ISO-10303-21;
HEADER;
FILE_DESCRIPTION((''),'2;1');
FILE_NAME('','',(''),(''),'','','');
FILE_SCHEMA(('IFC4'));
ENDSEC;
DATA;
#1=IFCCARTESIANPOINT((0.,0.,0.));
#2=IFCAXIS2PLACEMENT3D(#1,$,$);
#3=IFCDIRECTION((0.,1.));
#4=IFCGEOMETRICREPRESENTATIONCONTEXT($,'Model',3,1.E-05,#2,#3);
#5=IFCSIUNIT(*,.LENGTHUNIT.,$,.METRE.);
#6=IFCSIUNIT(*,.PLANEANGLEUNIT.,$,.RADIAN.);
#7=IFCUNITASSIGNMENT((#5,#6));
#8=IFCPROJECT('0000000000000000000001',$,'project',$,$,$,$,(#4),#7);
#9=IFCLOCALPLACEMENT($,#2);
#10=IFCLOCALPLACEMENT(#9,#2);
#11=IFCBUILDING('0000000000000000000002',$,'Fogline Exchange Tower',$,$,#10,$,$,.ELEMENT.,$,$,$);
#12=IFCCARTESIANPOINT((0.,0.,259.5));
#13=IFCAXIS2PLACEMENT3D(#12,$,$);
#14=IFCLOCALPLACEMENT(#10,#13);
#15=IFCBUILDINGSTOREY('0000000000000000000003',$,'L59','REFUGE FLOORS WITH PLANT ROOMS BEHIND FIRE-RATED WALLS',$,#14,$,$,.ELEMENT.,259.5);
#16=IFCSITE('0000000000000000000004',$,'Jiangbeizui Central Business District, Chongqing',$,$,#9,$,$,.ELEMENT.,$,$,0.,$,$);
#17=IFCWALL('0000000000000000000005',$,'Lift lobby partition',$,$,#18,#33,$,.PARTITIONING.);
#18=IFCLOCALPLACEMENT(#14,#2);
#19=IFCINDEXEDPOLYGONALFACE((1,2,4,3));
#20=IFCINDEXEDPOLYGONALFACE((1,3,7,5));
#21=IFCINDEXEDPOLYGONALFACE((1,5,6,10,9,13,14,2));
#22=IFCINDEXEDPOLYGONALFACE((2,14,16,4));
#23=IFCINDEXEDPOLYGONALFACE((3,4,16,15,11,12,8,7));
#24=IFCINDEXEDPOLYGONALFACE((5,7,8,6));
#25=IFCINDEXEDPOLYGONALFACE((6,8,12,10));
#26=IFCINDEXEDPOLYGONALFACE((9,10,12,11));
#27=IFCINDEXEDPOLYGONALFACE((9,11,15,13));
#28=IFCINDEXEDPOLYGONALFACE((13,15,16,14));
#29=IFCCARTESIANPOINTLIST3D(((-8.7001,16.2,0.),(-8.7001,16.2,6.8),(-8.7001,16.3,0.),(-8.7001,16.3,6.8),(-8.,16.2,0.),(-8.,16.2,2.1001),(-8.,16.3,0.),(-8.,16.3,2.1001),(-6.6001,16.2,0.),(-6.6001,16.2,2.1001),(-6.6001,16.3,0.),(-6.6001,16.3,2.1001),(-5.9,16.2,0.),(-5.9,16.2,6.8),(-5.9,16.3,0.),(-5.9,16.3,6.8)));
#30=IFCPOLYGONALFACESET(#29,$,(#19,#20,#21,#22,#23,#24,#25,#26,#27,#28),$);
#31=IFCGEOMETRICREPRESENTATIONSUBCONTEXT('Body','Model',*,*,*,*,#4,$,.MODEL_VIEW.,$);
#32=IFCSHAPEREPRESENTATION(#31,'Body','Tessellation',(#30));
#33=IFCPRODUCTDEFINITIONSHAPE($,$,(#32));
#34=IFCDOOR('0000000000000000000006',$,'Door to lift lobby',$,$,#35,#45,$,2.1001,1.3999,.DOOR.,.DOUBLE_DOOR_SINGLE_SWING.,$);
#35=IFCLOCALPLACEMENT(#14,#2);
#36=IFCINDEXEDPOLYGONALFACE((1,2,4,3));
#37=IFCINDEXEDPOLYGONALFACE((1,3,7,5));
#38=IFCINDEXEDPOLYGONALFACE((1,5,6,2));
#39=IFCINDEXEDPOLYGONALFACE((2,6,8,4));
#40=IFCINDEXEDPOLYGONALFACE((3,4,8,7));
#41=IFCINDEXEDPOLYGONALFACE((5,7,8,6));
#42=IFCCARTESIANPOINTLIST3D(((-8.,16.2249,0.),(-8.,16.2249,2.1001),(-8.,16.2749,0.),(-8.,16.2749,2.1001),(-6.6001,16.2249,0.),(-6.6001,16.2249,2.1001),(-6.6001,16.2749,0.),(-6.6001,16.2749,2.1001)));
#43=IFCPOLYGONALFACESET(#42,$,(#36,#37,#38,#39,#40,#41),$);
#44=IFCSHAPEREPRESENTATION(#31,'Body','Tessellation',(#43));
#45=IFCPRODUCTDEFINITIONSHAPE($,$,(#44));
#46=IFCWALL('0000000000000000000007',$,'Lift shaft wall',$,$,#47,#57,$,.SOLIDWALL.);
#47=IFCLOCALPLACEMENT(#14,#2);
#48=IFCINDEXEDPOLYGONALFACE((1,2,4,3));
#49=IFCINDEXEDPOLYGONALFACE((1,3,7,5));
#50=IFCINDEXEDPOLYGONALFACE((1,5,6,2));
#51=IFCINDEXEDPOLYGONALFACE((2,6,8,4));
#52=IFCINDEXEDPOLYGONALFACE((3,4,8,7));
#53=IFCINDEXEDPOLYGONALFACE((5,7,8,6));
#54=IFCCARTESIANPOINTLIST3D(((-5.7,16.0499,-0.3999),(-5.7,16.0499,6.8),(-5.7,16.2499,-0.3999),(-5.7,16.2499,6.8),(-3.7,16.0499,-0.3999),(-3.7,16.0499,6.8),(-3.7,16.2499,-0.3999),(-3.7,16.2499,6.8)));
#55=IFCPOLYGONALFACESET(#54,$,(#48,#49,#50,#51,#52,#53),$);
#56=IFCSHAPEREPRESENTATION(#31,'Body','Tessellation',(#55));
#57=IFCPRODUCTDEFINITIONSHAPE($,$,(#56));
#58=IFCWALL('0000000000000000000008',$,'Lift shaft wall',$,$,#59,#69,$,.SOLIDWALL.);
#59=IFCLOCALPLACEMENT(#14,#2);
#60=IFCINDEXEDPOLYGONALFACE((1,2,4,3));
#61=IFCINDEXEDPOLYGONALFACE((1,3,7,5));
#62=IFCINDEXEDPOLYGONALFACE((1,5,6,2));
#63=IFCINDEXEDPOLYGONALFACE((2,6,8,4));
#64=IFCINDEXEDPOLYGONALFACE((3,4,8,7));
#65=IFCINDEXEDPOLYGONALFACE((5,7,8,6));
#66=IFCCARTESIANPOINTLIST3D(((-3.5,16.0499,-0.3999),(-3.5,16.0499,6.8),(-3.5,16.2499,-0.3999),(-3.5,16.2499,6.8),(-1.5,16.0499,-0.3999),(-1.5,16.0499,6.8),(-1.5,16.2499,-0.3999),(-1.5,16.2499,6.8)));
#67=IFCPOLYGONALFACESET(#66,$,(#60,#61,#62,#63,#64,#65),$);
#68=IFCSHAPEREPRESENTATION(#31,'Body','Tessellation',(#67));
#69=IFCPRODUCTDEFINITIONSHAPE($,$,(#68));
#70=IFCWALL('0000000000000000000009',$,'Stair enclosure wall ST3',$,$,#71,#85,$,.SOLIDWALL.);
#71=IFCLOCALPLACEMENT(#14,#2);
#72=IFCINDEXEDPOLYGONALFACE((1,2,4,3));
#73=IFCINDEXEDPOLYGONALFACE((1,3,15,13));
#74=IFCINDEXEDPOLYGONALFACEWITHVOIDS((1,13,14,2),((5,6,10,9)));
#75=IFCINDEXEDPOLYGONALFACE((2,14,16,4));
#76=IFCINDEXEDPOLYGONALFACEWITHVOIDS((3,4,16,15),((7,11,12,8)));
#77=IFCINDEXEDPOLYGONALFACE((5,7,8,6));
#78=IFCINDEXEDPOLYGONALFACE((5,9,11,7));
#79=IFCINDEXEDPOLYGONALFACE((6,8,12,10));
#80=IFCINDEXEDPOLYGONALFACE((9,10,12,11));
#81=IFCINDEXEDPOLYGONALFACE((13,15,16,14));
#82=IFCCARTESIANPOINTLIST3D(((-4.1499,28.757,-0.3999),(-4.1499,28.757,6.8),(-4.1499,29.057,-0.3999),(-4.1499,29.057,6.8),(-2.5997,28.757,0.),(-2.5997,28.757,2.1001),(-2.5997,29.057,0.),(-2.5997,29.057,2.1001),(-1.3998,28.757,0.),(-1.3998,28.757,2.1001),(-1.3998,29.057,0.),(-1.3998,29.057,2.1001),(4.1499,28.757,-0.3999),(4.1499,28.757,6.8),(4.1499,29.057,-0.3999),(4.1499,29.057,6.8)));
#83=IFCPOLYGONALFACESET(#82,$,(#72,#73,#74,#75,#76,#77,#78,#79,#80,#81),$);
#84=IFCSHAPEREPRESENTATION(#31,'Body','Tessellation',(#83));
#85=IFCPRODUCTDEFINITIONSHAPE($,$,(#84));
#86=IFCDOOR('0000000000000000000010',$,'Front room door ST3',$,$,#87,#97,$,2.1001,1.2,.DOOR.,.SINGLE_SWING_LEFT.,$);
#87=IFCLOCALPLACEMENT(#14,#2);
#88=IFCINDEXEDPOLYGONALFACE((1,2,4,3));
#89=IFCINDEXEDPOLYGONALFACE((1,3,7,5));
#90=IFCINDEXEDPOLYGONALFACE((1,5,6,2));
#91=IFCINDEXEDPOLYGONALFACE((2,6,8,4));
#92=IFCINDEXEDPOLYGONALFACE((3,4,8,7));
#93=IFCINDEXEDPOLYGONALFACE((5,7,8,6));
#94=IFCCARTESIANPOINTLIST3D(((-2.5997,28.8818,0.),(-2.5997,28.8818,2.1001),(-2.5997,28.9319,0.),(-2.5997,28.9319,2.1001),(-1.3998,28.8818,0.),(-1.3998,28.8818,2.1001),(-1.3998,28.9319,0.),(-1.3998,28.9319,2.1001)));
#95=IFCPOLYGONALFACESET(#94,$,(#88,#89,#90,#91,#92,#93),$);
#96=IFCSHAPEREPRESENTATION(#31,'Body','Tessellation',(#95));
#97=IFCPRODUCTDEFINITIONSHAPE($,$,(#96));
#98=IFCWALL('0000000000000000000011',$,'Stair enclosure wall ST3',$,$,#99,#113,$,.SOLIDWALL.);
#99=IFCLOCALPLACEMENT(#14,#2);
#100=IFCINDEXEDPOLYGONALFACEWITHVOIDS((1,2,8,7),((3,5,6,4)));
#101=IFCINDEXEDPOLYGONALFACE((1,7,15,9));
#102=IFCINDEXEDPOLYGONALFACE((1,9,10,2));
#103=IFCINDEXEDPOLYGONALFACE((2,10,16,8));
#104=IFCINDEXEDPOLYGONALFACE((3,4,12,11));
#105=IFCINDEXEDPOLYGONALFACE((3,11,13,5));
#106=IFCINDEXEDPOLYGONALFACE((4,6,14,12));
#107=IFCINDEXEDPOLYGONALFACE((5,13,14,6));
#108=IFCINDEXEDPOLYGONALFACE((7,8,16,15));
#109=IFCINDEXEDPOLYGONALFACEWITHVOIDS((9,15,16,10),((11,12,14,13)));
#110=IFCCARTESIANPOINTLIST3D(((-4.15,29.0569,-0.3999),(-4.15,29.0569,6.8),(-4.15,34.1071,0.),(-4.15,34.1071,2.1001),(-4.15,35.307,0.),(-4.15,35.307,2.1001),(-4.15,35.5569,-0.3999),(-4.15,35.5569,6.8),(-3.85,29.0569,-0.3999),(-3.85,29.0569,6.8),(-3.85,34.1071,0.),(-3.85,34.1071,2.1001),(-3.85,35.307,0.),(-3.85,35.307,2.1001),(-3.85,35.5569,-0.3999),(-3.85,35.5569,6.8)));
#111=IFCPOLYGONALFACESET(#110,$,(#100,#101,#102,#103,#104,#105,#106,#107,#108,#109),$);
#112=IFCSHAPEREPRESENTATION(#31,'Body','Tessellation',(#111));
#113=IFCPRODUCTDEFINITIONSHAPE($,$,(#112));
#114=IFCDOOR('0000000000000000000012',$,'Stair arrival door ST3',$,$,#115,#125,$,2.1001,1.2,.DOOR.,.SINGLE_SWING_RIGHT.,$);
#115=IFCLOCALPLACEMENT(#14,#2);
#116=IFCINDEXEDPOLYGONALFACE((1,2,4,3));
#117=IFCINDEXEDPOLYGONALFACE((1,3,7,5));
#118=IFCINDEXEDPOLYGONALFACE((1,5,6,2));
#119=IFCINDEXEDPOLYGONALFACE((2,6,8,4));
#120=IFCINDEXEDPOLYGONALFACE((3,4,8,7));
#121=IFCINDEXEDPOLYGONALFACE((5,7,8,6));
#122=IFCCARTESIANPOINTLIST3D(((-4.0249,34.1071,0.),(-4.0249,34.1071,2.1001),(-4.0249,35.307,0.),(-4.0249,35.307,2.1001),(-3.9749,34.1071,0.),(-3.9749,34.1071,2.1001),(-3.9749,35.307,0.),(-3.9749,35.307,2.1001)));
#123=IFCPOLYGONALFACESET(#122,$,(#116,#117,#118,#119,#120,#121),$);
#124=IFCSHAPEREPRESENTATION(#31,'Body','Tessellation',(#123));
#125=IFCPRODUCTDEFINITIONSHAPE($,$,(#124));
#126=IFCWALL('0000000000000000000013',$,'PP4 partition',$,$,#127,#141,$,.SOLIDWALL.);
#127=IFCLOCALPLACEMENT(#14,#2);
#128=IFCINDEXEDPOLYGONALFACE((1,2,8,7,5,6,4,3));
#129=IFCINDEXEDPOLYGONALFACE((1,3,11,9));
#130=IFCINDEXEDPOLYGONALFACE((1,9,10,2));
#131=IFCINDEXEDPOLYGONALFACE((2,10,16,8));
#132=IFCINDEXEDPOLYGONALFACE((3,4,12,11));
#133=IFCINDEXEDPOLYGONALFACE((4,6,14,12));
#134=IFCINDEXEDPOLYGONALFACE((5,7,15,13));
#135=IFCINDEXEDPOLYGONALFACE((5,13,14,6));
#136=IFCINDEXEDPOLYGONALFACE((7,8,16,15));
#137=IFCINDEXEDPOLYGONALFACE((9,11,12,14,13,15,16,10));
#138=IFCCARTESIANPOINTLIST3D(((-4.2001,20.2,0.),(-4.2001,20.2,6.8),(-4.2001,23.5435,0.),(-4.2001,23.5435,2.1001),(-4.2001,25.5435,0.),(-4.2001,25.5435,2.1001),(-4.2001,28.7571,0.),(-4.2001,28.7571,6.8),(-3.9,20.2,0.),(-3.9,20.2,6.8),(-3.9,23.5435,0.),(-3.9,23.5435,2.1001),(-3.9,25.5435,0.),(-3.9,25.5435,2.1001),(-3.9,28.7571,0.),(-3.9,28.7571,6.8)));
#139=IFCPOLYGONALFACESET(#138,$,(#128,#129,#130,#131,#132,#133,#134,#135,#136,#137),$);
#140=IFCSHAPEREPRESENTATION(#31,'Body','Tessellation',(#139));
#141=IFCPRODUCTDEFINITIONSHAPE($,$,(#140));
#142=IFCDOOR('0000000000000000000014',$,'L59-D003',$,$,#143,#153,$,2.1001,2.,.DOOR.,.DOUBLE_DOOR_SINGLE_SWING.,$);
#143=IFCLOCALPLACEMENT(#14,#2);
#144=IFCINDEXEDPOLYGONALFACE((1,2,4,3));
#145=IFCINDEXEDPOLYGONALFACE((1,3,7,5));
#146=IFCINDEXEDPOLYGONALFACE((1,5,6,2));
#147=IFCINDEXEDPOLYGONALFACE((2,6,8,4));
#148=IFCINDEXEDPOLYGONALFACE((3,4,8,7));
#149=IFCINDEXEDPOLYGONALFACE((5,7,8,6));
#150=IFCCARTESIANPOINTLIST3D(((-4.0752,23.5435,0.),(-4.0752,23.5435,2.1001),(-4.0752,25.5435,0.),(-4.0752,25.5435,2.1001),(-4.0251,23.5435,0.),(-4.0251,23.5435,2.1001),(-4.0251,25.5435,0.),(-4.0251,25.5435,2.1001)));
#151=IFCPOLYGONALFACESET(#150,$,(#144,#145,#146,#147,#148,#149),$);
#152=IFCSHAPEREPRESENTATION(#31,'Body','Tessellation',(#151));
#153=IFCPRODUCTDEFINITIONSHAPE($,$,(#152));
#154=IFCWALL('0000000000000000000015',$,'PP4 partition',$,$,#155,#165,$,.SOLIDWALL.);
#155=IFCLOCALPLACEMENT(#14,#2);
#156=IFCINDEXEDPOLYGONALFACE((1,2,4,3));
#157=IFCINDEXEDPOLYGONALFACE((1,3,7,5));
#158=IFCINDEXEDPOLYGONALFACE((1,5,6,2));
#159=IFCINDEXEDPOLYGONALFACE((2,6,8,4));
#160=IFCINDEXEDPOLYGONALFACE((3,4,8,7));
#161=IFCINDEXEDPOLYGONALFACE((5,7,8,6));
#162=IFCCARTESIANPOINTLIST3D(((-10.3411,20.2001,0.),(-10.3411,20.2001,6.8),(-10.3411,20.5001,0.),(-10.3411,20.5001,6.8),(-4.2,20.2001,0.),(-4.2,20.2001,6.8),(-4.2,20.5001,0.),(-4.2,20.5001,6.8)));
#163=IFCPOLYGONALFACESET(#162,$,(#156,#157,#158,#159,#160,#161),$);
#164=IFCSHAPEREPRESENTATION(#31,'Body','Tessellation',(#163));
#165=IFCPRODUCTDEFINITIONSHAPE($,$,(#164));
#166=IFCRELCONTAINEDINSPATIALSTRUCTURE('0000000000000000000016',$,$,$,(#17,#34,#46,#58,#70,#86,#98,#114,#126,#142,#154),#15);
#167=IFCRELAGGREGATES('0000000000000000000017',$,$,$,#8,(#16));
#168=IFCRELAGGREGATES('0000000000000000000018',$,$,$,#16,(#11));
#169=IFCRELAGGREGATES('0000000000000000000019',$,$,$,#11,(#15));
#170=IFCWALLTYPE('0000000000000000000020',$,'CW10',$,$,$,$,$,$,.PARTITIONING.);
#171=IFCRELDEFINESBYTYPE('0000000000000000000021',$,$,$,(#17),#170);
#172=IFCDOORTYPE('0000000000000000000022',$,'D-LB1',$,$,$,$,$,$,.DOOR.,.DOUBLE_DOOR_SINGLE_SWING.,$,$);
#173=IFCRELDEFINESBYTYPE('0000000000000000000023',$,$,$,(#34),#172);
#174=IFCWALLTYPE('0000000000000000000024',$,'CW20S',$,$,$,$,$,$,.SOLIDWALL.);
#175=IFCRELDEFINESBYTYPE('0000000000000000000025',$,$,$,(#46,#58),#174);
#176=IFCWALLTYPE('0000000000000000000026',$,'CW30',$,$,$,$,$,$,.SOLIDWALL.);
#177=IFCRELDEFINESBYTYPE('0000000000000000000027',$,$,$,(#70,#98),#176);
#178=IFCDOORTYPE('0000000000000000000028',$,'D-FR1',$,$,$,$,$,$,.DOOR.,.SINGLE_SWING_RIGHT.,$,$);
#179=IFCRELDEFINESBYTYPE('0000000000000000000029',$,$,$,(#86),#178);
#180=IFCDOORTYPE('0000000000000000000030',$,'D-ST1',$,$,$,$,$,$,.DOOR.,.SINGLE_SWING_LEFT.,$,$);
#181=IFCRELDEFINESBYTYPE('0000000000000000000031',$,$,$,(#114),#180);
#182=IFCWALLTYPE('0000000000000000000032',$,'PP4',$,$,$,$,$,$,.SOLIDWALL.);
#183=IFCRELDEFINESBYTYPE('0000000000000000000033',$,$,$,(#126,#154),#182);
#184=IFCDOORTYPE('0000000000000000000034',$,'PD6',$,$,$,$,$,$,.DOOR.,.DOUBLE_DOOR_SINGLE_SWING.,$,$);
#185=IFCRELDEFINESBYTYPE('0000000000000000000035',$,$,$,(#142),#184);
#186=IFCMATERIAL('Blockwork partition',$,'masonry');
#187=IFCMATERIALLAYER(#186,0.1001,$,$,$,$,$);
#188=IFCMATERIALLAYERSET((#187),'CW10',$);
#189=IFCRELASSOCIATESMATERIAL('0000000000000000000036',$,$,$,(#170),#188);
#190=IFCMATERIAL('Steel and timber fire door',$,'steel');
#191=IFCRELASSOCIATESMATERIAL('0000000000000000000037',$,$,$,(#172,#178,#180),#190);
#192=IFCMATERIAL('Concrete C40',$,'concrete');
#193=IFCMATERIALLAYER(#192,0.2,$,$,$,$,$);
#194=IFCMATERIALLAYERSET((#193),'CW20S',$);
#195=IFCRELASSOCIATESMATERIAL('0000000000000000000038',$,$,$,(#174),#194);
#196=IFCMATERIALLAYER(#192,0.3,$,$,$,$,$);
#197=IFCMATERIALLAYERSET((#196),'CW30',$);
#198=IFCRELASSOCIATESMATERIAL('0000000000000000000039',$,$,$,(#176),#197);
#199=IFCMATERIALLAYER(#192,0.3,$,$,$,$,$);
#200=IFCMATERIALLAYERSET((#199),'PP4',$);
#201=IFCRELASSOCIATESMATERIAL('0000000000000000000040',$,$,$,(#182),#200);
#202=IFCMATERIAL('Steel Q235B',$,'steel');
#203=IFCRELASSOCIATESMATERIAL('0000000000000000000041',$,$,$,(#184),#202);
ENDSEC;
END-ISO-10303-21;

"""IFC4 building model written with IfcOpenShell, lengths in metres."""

from ifc_helpers import new_model, si_unit, direction, frame, frame_2d, origin, place, context, subcontext, project, spatial, rectangle, extrude, material, layer, layer_set, type_object, element, fill, save


model = new_model("IFC4")

# Units and contexts
model_context = context("Model", 3, precision=1e-05, world=origin(), true_north=direction((0.0, 1.0)))
body_context = subcontext(model_context, "Body", "Model", "MODEL_VIEW")
ifc_project = project(units=[si_unit("LENGTHUNIT", "METRE"), si_unit("PLANEANGLEUNIT", "RADIAN")], contexts=[model_context])

# Site, building, storey
site_placement = place(None, origin())
site = spatial("IfcSite", under=ifc_project, at=site_placement, Name="Jiangbeizui Central Business District, Chongqing", CompositionType="ELEMENT", RefElevation=0.0)
building_placement = place(site_placement, origin())
building = spatial("IfcBuilding", under=site, at=building_placement, Name="Fogline Exchange Tower", CompositionType="ELEMENT")
storey_placement = place(building_placement, frame((0.0, 0.0, 259.5)))
storey = spatial("IfcBuildingStorey", under=building, at=storey_placement, Name="L59", Description="REFUGE FLOORS WITH PLANT ROOMS BEHIND FIRE-RATED WALLS", CompositionType="ELEMENT", Elevation=259.5)

# Shared definitions
ifc_material_1 = material(Name="Concrete C40", Category="concrete")

# Wall, opening, door
ifc_material_2 = material(Name="Blockwork partition", Category="masonry")
ifc_layer_1 = layer(ifc_material_2, 0.1001)
ifc_layer_set_1 = layer_set([ifc_layer_1], Name="CW10")
wall_type_1 = type_object("IfcWallType", Name="CW10", PredefinedType="PARTITIONING", material=ifc_layer_set_1)
wall_1_placement = place(storey_placement, frame((-8.7, 16.25, 0.0), z_axis=(0.0, 0.0, 1.0), x_axis=(1.0, 0.0, 0.0)))
wall_1 = element("IfcWall", 1, at=wall_1_placement, inside=storey, type_object=wall_type_1, Name="Lift lobby partition", PredefinedType="PARTITIONING", context=body_context, shape_type="SweptSolid", body=[
    extrude(rectangle(XDim=2.8, YDim=0.1001, at=frame_2d((1.3999, 0.0))), origin(), (0.0, 0.0, 1.0), 6.8),
])
opening_1_placement = place(wall_1_placement, frame((0.7, 0.0, 0.0)))
opening_1 = element("IfcOpeningElement", 2, at=opening_1_placement, cuts=wall_1, PredefinedType="OPENING", context=body_context, shape_type="SweptSolid", body=[
    extrude(rectangle(XDim=1.3999, YDim=2.1001, at=frame_2d((0.7, 1.05))), frame((0.0, 0.0601, 0.0), z_axis=(0.0, -1.0, 0.0), x_axis=(1.0, 0.0, 0.0)), (0.0, 0.0, 1.0), 0.1201),
])
ifc_material_3 = material(Name="Steel and timber fire door", Category="steel")
door_type_1 = type_object("IfcDoorType", Name="D-LB1", OperationType="DOUBLE_DOOR_SINGLE_SWING", PredefinedType="DOOR", material=ifc_material_3)
door_1_placement = place(opening_1_placement, origin())
door_1 = element("IfcDoor", 3, at=door_1_placement, inside=storey, type_object=door_type_1, Name="Door to lift lobby", OperationType="DOUBLE_DOOR_SINGLE_SWING", OverallHeight=2.1001, OverallWidth=1.3999, PredefinedType="DOOR", context=body_context, shape_type="SweptSolid", body=[
    extrude(rectangle(XDim=1.3999, YDim=2.1001, at=frame_2d((0.7, 1.05))), frame((0.0, 0.0249, 0.0), z_axis=(0.0, -1.0, 0.0), x_axis=(1.0, 0.0, 0.0)), (0.0, 0.0, 1.0), 0.05),
])
fill(opening_1, door_1)

# Walls
ifc_layer_2 = layer(ifc_material_1, 0.2)
ifc_layer_set_2 = layer_set([ifc_layer_2], Name="CW20S")
wall_type_2 = type_object("IfcWallType", Name="CW20S", PredefinedType="SOLIDWALL", material=ifc_layer_set_2)
for number, where, z_axis, x_axis, name in (
    (4, (-5.7, 16.1499, -0.3999), (0.0, 0.0, 1.0), (1.0, 0.0, 0.0), "Lift shaft wall"),
    (5, (-3.5, 16.1499, -0.3999), (0.0, 0.0, 1.0), (1.0, 0.0, 0.0), "Lift shaft wall"),
):
    element("IfcWall", number, at=place(storey_placement, frame(where, z_axis=z_axis, x_axis=x_axis)), inside=storey, type_object=wall_type_2, Name=name, PredefinedType="SOLIDWALL", context=body_context, shape_type="SweptSolid", body=[
        extrude(rectangle(XDim=2.0, YDim=0.2, at=frame_2d((1.0, 0.0))), origin(), (0.0, 0.0, 1.0), 7.2),
    ])

# Walls, openings, doors
ifc_layer_3 = layer(ifc_material_1, 0.3)
ifc_layer_set_3 = layer_set([ifc_layer_3], Name="CW30")
wall_type_3 = type_object("IfcWallType", Name="CW30", PredefinedType="SOLIDWALL", material=ifc_layer_set_3)
wall_2_placement = place(storey_placement, frame((-4.1499, 28.907, -0.3999), z_axis=(0.0, 0.0, 1.0), x_axis=(1.0, 0.0, 0.0)))
wall_2 = element("IfcWall", 6, at=wall_2_placement, inside=storey, type_object=wall_type_3, Name="Stair enclosure wall ST3", PredefinedType="SOLIDWALL", context=body_context, shape_type="SweptSolid", body=[
    extrude(rectangle(XDim=8.2998, YDim=0.3, at=frame_2d((4.1499, 0.0))), origin(), (0.0, 0.0, 1.0), 7.2),
])
opening_2_placement = place(wall_2_placement, frame((1.55, 0.0, 0.3999)))
opening_2 = element("IfcOpeningElement", 7, at=opening_2_placement, cuts=wall_2, PredefinedType="OPENING", context=body_context, shape_type="SweptSolid", body=[
    extrude(rectangle(XDim=1.2, YDim=2.1001, at=frame_2d((0.6001, 1.05))), frame((0.0, 0.1602, 0.0), z_axis=(0.0, -1.0, 0.0), x_axis=(1.0, 0.0, 0.0)), (0.0, 0.0, 1.0), 0.3201),
])
door_type_2 = type_object("IfcDoorType", Name="D-FR1", OperationType="SINGLE_SWING_RIGHT", PredefinedType="DOOR", material=ifc_material_3)
door_2_placement = place(opening_2_placement, origin())
door_2 = element("IfcDoor", 8, at=door_2_placement, inside=storey, type_object=door_type_2, Name="Front room door ST3", OperationType="SINGLE_SWING_LEFT", OverallHeight=2.1001, OverallWidth=1.2, PredefinedType="DOOR", context=body_context, shape_type="SweptSolid", body=[
    extrude(rectangle(XDim=1.2, YDim=2.1001, at=frame_2d((0.6001, 1.05))), frame((0.0, 0.0249, 0.0), z_axis=(0.0, -1.0, 0.0), x_axis=(1.0, 0.0, 0.0)), (0.0, 0.0, 1.0), 0.05),
])
fill(opening_2, door_2)
wall_3_placement = place(storey_placement, frame((-4.0, 29.0569, -0.3999), z_axis=(0.0, 0.0, 1.0), x_axis=(0.0, 1.0, 0.0)))
wall_3 = element("IfcWall", 9, at=wall_3_placement, inside=storey, type_object=wall_type_3, Name="Stair enclosure wall ST3", PredefinedType="SOLIDWALL", context=body_context, shape_type="SweptSolid", body=[
    extrude(rectangle(XDim=6.5, YDim=0.3, at=frame_2d((3.25, 0.0))), origin(), (0.0, 0.0, 1.0), 7.2),
])
opening_3_placement = place(wall_3_placement, frame((5.05, 0.0, 0.3999)))
opening_3 = element("IfcOpeningElement", 10, at=opening_3_placement, cuts=wall_3, PredefinedType="OPENING", context=body_context, shape_type="SweptSolid", body=[
    extrude(rectangle(XDim=1.2, YDim=2.1001, at=frame_2d((0.6001, 1.05))), frame((0.0, 0.1602, 0.0), z_axis=(0.0, -1.0, 0.0), x_axis=(1.0, 0.0, 0.0)), (0.0, 0.0, 1.0), 0.3201),
])
door_type_3 = type_object("IfcDoorType", Name="D-ST1", OperationType="SINGLE_SWING_LEFT", PredefinedType="DOOR", material=ifc_material_3)
door_3_placement = place(opening_3_placement, origin())
door_3 = element("IfcDoor", 11, at=door_3_placement, inside=storey, type_object=door_type_3, Name="Stair arrival door ST3", OperationType="SINGLE_SWING_RIGHT", OverallHeight=2.1001, OverallWidth=1.2, PredefinedType="DOOR", context=body_context, shape_type="SweptSolid", body=[
    extrude(rectangle(XDim=1.2, YDim=2.1001, at=frame_2d((0.6001, 1.05))), frame((0.0, 0.0249, 0.0), z_axis=(0.0, -1.0, 0.0), x_axis=(1.0, 0.0, 0.0)), (0.0, 0.0, 1.0), 0.05),
])
fill(opening_3, door_3)
ifc_layer_4 = layer(ifc_material_1, 0.3)
ifc_layer_set_4 = layer_set([ifc_layer_4], Name="PP4")
wall_type_4 = type_object("IfcWallType", Name="PP4", PredefinedType="SOLIDWALL", material=ifc_layer_set_4)
wall_4_placement = place(storey_placement, frame((-4.05, 20.2, 0.0), z_axis=(0.0, 0.0, 1.0), x_axis=(0.0, 1.0, 0.0)))
wall_4 = element("IfcWall", 12, at=wall_4_placement, inside=storey, type_object=wall_type_4, Name="PP4 partition", PredefinedType="SOLIDWALL", context=body_context, shape_type="SweptSolid", body=[
    extrude(rectangle(XDim=8.5571, YDim=0.3, at=frame_2d((4.2786, 0.0))), origin(), (0.0, 0.0, 1.0), 6.8),
])
opening_4_placement = place(wall_4_placement, frame((3.3435, 0.0, 0.0)))
opening_4 = element("IfcOpeningElement", 13, at=opening_4_placement, cuts=wall_4, PredefinedType="OPENING", context=body_context, shape_type="SweptSolid", body=[
    extrude(rectangle(XDim=2.0, YDim=2.1001, at=frame_2d((1.0, 1.05))), frame((0.0, 0.1602, 0.0), z_axis=(0.0, -1.0, 0.0), x_axis=(1.0, 0.0, 0.0)), (0.0, 0.0, 1.0), 0.3201),
])
ifc_material_4 = material(Name="Steel Q235B", Category="steel")
door_type_4 = type_object("IfcDoorType", Name="PD6", OperationType="DOUBLE_DOOR_SINGLE_SWING", PredefinedType="DOOR", material=ifc_material_4)
door_4_placement = place(opening_4_placement, frame((2.0, 0.0, 0.0), z_axis=(0.0, 0.0, 1.0), x_axis=(-1.0, 0.0, 0.0)))
door_4 = element("IfcDoor", 14, at=door_4_placement, inside=storey, type_object=door_type_4, Name="L59-D003", OperationType="DOUBLE_DOOR_SINGLE_SWING", OverallHeight=2.1001, OverallWidth=2.0, PredefinedType="DOOR", context=body_context, shape_type="SweptSolid", body=[
    extrude(rectangle(XDim=2.0, YDim=2.1001, at=frame_2d((1.0, 1.05))), frame((0.0, 0.0249, 0.0), z_axis=(0.0, -1.0, 0.0), x_axis=(1.0, 0.0, 0.0)), (0.0, 0.0, 1.0), 0.05),
])
fill(opening_4, door_4)

# Wall
wall_5_placement = place(storey_placement, frame((-10.3411, 20.3501, 0.0), z_axis=(0.0, 0.0, 1.0), x_axis=(1.0, 0.0, 0.0)))
element("IfcWall", 15, at=wall_5_placement, inside=storey, type_object=wall_type_4, Name="PP4 partition", PredefinedType="SOLIDWALL", context=body_context, shape_type="SweptSolid", body=[
    extrude(rectangle(XDim=6.1411, YDim=0.3, at=frame_2d((3.0706, 0.0))), origin(), (0.0, 0.0, 1.0), 6.8),
])

save(model, "model.ifc")
